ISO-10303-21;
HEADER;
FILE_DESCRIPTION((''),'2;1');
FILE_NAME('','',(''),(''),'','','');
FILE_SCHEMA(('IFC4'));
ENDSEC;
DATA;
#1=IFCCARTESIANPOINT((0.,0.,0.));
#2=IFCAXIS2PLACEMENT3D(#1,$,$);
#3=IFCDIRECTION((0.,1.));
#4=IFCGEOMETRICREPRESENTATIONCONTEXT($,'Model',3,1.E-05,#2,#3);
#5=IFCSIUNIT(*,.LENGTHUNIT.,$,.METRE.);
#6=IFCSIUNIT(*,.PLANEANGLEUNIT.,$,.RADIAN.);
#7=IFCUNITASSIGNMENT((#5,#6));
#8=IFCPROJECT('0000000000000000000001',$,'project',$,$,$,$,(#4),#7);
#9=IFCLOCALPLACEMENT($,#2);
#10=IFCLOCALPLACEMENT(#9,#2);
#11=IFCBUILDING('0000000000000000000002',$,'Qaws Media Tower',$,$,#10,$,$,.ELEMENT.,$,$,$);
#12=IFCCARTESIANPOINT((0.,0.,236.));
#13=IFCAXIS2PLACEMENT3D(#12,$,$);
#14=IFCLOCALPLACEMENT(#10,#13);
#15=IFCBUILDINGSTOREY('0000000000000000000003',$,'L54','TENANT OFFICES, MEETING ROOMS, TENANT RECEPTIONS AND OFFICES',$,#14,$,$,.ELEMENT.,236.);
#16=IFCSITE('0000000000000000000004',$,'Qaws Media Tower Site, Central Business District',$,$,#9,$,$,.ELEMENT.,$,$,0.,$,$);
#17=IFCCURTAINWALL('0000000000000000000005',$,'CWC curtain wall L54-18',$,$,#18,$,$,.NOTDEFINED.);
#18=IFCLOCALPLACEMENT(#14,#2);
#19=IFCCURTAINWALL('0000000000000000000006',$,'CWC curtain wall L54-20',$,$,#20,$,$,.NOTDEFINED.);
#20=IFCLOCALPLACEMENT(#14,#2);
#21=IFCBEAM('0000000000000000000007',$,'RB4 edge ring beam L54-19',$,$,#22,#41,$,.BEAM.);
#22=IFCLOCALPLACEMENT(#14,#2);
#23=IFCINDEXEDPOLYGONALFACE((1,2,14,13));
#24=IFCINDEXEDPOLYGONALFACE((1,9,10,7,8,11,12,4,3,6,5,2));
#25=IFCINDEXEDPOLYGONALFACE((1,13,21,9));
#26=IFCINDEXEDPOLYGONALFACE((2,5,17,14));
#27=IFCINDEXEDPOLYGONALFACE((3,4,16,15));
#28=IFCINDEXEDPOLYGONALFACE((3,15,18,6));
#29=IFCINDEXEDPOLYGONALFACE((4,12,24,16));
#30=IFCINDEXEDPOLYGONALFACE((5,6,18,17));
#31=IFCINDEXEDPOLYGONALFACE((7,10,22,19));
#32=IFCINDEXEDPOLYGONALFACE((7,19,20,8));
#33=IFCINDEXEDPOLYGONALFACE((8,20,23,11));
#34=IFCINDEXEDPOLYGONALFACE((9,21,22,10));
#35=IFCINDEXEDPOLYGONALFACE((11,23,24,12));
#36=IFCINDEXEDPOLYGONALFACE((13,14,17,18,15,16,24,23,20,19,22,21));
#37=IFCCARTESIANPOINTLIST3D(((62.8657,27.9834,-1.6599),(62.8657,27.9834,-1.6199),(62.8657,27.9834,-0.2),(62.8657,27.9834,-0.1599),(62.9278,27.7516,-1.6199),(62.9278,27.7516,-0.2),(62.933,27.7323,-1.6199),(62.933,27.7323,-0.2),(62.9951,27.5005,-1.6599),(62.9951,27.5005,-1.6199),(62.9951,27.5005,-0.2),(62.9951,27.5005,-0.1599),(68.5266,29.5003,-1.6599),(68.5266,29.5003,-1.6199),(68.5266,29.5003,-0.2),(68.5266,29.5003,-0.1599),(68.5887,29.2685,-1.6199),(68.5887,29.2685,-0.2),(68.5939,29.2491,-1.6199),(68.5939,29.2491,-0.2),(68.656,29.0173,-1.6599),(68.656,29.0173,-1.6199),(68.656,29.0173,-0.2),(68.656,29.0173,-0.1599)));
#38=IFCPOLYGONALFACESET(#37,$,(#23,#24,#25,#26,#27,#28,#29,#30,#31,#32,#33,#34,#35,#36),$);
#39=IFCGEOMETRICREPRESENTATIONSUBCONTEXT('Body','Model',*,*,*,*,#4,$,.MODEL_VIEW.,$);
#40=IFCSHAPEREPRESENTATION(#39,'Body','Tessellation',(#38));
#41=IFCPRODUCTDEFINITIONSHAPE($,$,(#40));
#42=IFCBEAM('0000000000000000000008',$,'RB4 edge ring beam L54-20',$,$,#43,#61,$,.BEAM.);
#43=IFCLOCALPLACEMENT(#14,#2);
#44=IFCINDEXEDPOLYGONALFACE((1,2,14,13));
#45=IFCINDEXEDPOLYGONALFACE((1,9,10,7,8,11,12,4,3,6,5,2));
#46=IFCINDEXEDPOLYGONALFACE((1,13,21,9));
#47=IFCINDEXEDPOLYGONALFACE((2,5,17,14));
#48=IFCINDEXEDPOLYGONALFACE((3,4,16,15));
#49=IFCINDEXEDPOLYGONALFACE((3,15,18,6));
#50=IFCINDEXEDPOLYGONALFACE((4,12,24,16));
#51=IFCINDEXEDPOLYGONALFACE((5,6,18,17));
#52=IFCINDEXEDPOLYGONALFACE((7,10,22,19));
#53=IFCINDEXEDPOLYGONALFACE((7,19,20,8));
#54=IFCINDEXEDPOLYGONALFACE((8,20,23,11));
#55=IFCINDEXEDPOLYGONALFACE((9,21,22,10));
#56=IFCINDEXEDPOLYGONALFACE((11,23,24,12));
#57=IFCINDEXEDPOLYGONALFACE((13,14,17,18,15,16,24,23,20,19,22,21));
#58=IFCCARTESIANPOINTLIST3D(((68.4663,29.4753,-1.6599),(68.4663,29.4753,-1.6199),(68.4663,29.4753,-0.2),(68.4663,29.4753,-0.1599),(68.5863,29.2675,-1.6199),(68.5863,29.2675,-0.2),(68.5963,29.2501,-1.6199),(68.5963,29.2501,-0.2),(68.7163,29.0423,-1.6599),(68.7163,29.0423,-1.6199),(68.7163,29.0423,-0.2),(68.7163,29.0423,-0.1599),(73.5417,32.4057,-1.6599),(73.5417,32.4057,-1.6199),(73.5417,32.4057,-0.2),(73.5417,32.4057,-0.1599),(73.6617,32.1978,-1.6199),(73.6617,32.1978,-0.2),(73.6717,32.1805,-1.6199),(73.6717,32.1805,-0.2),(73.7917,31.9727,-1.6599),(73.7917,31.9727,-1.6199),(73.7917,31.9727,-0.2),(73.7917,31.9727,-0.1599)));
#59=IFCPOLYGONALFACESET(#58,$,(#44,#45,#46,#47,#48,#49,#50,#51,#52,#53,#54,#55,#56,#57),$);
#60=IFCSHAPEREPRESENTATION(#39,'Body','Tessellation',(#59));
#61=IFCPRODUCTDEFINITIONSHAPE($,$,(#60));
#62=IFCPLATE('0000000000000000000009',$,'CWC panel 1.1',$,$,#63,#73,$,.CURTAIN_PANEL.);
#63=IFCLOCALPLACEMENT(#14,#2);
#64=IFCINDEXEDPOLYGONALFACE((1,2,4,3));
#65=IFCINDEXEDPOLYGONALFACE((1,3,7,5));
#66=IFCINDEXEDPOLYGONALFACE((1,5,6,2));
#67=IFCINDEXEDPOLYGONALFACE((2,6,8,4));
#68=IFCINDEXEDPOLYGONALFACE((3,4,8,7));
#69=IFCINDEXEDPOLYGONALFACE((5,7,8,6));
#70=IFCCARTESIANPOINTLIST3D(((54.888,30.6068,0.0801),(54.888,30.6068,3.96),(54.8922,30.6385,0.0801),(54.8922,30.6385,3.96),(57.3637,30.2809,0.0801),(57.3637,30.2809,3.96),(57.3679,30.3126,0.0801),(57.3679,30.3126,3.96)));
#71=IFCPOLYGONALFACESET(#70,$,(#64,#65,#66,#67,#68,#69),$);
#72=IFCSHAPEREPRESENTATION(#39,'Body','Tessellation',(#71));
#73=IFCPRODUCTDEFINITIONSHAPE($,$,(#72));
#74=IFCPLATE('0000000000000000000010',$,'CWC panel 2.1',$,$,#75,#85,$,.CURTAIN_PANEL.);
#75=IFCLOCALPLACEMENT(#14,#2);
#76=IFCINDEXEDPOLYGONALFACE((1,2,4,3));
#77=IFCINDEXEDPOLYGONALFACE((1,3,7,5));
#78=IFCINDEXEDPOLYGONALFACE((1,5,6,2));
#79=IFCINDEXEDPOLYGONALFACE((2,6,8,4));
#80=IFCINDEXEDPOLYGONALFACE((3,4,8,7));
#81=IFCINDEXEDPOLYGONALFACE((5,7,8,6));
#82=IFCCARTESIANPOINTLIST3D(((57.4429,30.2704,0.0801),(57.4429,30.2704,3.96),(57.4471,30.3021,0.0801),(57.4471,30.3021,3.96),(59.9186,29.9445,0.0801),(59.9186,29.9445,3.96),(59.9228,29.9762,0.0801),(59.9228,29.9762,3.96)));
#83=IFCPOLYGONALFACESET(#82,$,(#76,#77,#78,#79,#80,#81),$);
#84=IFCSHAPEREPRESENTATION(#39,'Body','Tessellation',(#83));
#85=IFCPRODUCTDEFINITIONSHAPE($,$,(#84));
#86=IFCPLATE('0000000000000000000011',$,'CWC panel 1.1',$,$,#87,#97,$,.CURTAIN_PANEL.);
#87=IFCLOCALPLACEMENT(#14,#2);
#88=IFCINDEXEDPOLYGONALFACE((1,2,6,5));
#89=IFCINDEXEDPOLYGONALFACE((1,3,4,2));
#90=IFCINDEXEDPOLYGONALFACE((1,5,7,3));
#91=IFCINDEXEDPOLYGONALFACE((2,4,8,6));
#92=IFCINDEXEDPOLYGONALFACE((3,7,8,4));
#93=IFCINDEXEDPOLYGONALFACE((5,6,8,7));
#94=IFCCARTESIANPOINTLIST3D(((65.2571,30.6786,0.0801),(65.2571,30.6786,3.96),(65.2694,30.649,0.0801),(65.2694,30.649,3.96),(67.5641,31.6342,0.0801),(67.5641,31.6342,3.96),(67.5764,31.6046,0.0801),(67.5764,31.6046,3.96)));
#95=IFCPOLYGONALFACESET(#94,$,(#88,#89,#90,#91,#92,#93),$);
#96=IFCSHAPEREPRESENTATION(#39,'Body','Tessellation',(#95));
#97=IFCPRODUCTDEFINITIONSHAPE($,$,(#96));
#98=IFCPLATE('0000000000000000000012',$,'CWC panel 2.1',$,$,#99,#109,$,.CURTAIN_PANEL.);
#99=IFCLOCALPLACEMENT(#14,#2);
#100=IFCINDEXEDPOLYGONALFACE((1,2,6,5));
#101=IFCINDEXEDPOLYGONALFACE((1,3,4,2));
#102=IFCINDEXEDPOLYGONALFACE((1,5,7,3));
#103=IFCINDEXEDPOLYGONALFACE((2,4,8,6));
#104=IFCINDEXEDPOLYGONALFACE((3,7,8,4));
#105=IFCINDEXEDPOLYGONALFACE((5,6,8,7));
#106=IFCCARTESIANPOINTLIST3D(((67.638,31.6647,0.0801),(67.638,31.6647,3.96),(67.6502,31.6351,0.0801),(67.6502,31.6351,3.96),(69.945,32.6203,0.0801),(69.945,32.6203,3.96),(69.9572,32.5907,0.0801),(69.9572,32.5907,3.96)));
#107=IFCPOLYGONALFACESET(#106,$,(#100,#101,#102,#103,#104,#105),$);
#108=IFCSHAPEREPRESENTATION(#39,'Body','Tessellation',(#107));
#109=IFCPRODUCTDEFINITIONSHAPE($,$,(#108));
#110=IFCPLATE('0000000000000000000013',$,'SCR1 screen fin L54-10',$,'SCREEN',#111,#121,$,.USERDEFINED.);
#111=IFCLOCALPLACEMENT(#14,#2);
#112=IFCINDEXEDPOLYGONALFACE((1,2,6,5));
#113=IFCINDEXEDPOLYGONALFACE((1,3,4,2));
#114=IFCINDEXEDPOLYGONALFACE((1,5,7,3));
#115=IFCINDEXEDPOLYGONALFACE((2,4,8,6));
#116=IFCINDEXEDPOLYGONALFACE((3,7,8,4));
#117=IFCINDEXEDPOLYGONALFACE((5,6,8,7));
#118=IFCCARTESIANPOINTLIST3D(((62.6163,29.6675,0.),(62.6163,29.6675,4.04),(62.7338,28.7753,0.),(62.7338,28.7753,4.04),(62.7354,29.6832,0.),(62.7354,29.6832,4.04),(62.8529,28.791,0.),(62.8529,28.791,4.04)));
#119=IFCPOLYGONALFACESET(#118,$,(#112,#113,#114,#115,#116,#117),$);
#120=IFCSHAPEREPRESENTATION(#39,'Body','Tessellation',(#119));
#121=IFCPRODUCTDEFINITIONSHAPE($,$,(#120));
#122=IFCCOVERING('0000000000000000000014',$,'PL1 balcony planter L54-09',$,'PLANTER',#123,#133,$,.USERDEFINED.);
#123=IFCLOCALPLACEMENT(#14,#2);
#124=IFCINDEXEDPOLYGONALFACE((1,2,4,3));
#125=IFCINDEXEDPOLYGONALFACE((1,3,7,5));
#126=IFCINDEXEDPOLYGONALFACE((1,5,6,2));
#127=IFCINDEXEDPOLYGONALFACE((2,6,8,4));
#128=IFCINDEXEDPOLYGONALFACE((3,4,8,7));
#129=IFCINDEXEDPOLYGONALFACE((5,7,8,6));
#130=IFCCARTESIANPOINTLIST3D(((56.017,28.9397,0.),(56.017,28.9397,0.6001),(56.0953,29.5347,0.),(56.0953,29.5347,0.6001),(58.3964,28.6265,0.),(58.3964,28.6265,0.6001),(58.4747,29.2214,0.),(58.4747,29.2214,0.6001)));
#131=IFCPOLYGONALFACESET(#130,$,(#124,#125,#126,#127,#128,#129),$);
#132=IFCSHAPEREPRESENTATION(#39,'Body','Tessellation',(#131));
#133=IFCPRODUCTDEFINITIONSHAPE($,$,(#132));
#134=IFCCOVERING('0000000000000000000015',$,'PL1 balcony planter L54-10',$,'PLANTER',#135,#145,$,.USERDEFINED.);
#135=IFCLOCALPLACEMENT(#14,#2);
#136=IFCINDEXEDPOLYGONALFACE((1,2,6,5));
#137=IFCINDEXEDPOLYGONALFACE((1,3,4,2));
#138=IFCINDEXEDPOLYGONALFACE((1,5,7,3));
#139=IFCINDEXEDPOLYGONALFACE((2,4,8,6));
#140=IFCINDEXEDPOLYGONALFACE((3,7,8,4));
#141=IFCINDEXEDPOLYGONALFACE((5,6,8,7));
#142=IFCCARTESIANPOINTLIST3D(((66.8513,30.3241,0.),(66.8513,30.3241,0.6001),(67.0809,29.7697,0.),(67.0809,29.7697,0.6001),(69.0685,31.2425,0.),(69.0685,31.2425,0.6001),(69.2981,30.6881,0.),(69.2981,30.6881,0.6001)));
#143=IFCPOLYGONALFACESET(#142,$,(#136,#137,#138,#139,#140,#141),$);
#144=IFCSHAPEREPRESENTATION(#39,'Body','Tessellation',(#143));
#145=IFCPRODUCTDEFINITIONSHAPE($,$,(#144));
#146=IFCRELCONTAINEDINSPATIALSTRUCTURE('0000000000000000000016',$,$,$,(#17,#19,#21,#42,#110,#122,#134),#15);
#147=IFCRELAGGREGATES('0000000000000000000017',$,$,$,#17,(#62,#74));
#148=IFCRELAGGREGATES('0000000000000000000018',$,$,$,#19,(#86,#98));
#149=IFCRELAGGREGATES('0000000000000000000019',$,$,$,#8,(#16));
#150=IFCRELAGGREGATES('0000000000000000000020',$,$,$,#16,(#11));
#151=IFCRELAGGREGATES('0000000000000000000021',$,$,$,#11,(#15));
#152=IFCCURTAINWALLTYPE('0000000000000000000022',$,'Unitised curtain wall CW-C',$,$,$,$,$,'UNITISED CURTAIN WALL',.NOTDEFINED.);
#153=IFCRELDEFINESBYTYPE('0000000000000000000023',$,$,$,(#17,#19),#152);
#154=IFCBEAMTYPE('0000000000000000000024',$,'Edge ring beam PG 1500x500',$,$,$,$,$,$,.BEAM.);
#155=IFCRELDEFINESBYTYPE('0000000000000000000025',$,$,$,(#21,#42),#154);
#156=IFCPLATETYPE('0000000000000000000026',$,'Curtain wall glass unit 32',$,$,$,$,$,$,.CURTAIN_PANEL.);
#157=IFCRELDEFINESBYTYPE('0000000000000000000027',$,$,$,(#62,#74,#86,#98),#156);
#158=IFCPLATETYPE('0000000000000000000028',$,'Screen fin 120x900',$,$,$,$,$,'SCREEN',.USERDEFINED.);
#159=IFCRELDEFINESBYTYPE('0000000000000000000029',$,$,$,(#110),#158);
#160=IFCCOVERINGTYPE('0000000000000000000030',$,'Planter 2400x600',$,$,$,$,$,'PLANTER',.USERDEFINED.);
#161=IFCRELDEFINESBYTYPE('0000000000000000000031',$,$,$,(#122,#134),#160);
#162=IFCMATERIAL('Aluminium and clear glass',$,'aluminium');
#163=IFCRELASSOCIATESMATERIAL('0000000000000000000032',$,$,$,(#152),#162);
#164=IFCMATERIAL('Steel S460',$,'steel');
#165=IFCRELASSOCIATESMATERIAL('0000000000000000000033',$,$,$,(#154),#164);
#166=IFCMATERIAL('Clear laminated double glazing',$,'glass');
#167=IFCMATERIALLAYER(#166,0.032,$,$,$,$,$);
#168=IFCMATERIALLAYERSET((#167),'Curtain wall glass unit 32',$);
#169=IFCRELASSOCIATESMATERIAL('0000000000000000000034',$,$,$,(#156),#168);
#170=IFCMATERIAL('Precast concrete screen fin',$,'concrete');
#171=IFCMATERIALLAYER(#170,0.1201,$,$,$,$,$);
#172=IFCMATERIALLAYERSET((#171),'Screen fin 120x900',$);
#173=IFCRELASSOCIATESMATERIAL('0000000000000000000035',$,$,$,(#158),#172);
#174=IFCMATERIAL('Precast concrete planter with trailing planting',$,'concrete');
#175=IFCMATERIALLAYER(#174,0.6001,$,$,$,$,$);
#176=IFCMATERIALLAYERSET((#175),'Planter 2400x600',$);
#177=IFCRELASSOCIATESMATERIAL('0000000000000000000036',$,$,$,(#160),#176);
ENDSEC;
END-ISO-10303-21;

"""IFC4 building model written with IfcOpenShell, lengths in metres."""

from ifc_helpers import new_model, si_unit, direction, frame, origin, origin_2d, place, context, subcontext, project, spatial, rectangle, i_section, extrude, material, layer, layer_set, material_profile, profile_set, type_object, element, aggregate, save


model = new_model("IFC4")

# Units and contexts
model_context = context("Model", 3, precision=1e-05, world=origin(), true_north=direction((0.0, 1.0)))
body_context = subcontext(model_context, "Body", "Model", "MODEL_VIEW")
ifc_project = project(units=[si_unit("LENGTHUNIT", "METRE"), si_unit("PLANEANGLEUNIT", "RADIAN")], contexts=[model_context])

# Site, building, storey
site_placement = place(None, origin())
site = spatial("IfcSite", under=ifc_project, at=site_placement, Name="Qaws Media Tower Site, Central Business District", CompositionType="ELEMENT", RefElevation=0.0)
building_placement = place(site_placement, origin())
building = spatial("IfcBuilding", under=site, at=building_placement, Name="Qaws Media Tower", CompositionType="ELEMENT")
storey_placement = place(building_placement, frame((0.0, 0.0, 236.0)))
storey = spatial("IfcBuildingStorey", under=building, at=storey_placement, Name="L54", Description="TENANT OFFICES, MEETING ROOMS, TENANT RECEPTIONS AND OFFICES", CompositionType="ELEMENT", Elevation=236.0)

# Curtain walls
ifc_material_1 = material(Name="Aluminium and clear glass", Category="aluminium")
curtain_wall_type = type_object("IfcCurtainWallType", Name="Unitised curtain wall CW-C", ElementType="UNITISED CURTAIN WALL", PredefinedType="NOTDEFINED", material=ifc_material_1)
curtain_wall_1_placement = place(storey_placement, origin())
curtain_wall_1 = element("IfcCurtainWall", 1, at=curtain_wall_1_placement, inside=storey, type_object=curtain_wall_type, Name="CWC curtain wall L54-18", PredefinedType="NOTDEFINED")
curtain_wall_2_placement = place(storey_placement, origin())
curtain_wall_2 = element("IfcCurtainWall", 2, at=curtain_wall_2_placement, inside=storey, type_object=curtain_wall_type, Name="CWC curtain wall L54-20", PredefinedType="NOTDEFINED")

# Beams
ifc_material_2 = material(Name="Steel S460", Category="steel")
ifc_material_profile_1 = material_profile(ifc_material_2, i_section(OverallWidth=0.5, OverallDepth=1.5, WebThickness=0.02, FlangeThickness=0.04, at=origin_2d()), Name="PG 1500x500")
ifc_profile_set_1 = profile_set([ifc_material_profile_1], Name="Steel S460")
beam_type = type_object("IfcBeamType", Name="Edge ring beam PG 1500x500", PredefinedType="BEAM", material=ifc_profile_set_1)
for number, where, z_axis, x_axis, name in (
    (3, (62.9304, 27.7419, -0.9099), (0.965925, 0.258821, 0.0), (-0.258821, 0.965925, 0.0), "RB4 edge ring beam L54-19"),
    (4, (68.5913, 29.2588, -0.9099), (0.866017, 0.500015, 0.0), (-0.500015, 0.866017, 0.0), "RB4 edge ring beam L54-20"),
):
    element("IfcBeam", number, at=place(storey_placement, frame(where, z_axis=z_axis, x_axis=x_axis)), inside=storey, type_object=beam_type, Name=name, PredefinedType="BEAM", context=body_context, shape_type="SweptSolid", body=[
        extrude(i_section(OverallWidth=0.5, OverallDepth=1.5, WebThickness=0.02, FlangeThickness=0.04, at=origin_2d()), origin(), (0.0, 0.0, 1.0), 5.8606),
    ])

# Plates
ifc_material_3 = material(Name="Clear laminated double glazing", Category="glass")
ifc_layer_1 = layer(ifc_material_3, 0.032)
ifc_layer_set_1 = layer_set([ifc_layer_1], Name="Curtain wall glass unit 32")
plate_type_1 = type_object("IfcPlateType", Name="Curtain wall glass unit 32", PredefinedType="CURTAIN_PANEL", material=ifc_layer_set_1)
plate_1_placement = place(storey_placement, frame((56.1279, 30.4597, 0.0801), z_axis=(0.0, 0.0, 1.0), x_axis=(0.991445, -0.130526, 0.0)))
plate_1 = element("IfcPlate", 5, at=plate_1_placement, type_object=plate_type_1, Name="CWC panel 1.1", PredefinedType="CURTAIN_PANEL", context=body_context, shape_type="SweptSolid", body=[
    extrude(rectangle(XDim=2.4971, YDim=0.032, at=origin_2d()), origin(), (0.0, 0.0, 1.0), 3.8799),
])
plate_2_placement = place(storey_placement, frame((58.6829, 30.1233, 0.0801), z_axis=(0.0, 0.0, 1.0), x_axis=(0.991445, -0.130526, 0.0)))
plate_2 = element("IfcPlate", 6, at=plate_2_placement, type_object=plate_type_1, Name="CWC panel 2.1", PredefinedType="CURTAIN_PANEL", context=body_context, shape_type="SweptSolid", body=[
    extrude(rectangle(XDim=2.4971, YDim=0.032, at=origin_2d()), origin(), (0.0, 0.0, 1.0), 3.8799),
])
aggregate(curtain_wall_1, [plate_1, plate_2])
plate_3_placement = place(storey_placement, frame((66.4167, 31.1416, 0.0801), z_axis=(0.0, 0.0, 1.0), x_axis=(0.923879, 0.382684, 0.0)))
plate_3 = element("IfcPlate", 7, at=plate_3_placement, type_object=plate_type_1, Name="CWC panel 1.1", PredefinedType="CURTAIN_PANEL", context=body_context, shape_type="SweptSolid", body=[
    extrude(rectangle(XDim=2.4971, YDim=0.032, at=origin_2d()), origin(), (0.0, 0.0, 1.0), 3.8799),
])
plate_4_placement = place(storey_placement, frame((68.7976, 32.1277, 0.0801), z_axis=(0.0, 0.0, 1.0), x_axis=(0.923879, 0.382684, 0.0)))
plate_4 = element("IfcPlate", 8, at=plate_4_placement, type_object=plate_type_1, Name="CWC panel 2.1", PredefinedType="CURTAIN_PANEL", context=body_context, shape_type="SweptSolid", body=[
    extrude(rectangle(XDim=2.4971, YDim=0.032, at=origin_2d()), origin(), (0.0, 0.0, 1.0), 3.8799),
])
aggregate(curtain_wall_2, [plate_3, plate_4])
ifc_material_4 = material(Name="Precast concrete screen fin", Category="concrete")
ifc_layer_2 = layer(ifc_material_4, 0.1201)
ifc_layer_set_2 = layer_set([ifc_layer_2], Name="Screen fin 120x900")
plate_type_2 = type_object("IfcPlateType", Name="Screen fin 120x900", ElementType="SCREEN", PredefinedType="USERDEFINED", material=ifc_layer_set_2)
plate_5_placement = place(storey_placement, frame((62.7346, 29.2292, 0.0), z_axis=(0.0, 0.0, 1.0), x_axis=(0.130526, -0.991445, 0.0)))
element("IfcPlate", 9, at=plate_5_placement, inside=storey, type_object=plate_type_2, Name="SCR1 screen fin L54-10", ObjectType="SCREEN", PredefinedType="USERDEFINED", context=body_context, shape_type="SweptSolid", body=[
    extrude(rectangle(XDim=0.8999, YDim=0.1201, at=origin_2d()), origin(), (0.0, 0.0, 1.0), 4.04),
])

# Coverings
ifc_material_5 = material(Name="Precast concrete planter with trailing planting", Category="concrete")
ifc_layer_3 = layer(ifc_material_5, 0.6001)
ifc_layer_set_3 = layer_set([ifc_layer_3], Name="Planter 2400x600")
covering_type = type_object("IfcCoveringType", Name="Planter 2400x600", ElementType="PLANTER", PredefinedType="USERDEFINED", material=ifc_layer_set_3)
for number, where, z_axis, x_axis, name in (
    (10, (57.2458, 29.0806, 0.0), (0.0, 0.0, 1.0), (0.991445, -0.130526, 0.0), "PL1 balcony planter L54-09"),
    (11, (68.0747, 30.5061, 0.0), (0.0, 0.0, 1.0), (0.92388, 0.382683, 0.0), "PL1 balcony planter L54-10"),
):
    element("IfcCovering", number, at=place(storey_placement, frame(where, z_axis=z_axis, x_axis=x_axis)), inside=storey, type_object=covering_type, Name=name, ObjectType="PLANTER", PredefinedType="USERDEFINED", context=body_context, shape_type="SweptSolid", body=[
        extrude(rectangle(XDim=2.3999, YDim=0.6001, at=origin_2d()), origin(), (0.0, 0.0, 1.0), 0.6001),
    ])

save(model, "model.ifc")
